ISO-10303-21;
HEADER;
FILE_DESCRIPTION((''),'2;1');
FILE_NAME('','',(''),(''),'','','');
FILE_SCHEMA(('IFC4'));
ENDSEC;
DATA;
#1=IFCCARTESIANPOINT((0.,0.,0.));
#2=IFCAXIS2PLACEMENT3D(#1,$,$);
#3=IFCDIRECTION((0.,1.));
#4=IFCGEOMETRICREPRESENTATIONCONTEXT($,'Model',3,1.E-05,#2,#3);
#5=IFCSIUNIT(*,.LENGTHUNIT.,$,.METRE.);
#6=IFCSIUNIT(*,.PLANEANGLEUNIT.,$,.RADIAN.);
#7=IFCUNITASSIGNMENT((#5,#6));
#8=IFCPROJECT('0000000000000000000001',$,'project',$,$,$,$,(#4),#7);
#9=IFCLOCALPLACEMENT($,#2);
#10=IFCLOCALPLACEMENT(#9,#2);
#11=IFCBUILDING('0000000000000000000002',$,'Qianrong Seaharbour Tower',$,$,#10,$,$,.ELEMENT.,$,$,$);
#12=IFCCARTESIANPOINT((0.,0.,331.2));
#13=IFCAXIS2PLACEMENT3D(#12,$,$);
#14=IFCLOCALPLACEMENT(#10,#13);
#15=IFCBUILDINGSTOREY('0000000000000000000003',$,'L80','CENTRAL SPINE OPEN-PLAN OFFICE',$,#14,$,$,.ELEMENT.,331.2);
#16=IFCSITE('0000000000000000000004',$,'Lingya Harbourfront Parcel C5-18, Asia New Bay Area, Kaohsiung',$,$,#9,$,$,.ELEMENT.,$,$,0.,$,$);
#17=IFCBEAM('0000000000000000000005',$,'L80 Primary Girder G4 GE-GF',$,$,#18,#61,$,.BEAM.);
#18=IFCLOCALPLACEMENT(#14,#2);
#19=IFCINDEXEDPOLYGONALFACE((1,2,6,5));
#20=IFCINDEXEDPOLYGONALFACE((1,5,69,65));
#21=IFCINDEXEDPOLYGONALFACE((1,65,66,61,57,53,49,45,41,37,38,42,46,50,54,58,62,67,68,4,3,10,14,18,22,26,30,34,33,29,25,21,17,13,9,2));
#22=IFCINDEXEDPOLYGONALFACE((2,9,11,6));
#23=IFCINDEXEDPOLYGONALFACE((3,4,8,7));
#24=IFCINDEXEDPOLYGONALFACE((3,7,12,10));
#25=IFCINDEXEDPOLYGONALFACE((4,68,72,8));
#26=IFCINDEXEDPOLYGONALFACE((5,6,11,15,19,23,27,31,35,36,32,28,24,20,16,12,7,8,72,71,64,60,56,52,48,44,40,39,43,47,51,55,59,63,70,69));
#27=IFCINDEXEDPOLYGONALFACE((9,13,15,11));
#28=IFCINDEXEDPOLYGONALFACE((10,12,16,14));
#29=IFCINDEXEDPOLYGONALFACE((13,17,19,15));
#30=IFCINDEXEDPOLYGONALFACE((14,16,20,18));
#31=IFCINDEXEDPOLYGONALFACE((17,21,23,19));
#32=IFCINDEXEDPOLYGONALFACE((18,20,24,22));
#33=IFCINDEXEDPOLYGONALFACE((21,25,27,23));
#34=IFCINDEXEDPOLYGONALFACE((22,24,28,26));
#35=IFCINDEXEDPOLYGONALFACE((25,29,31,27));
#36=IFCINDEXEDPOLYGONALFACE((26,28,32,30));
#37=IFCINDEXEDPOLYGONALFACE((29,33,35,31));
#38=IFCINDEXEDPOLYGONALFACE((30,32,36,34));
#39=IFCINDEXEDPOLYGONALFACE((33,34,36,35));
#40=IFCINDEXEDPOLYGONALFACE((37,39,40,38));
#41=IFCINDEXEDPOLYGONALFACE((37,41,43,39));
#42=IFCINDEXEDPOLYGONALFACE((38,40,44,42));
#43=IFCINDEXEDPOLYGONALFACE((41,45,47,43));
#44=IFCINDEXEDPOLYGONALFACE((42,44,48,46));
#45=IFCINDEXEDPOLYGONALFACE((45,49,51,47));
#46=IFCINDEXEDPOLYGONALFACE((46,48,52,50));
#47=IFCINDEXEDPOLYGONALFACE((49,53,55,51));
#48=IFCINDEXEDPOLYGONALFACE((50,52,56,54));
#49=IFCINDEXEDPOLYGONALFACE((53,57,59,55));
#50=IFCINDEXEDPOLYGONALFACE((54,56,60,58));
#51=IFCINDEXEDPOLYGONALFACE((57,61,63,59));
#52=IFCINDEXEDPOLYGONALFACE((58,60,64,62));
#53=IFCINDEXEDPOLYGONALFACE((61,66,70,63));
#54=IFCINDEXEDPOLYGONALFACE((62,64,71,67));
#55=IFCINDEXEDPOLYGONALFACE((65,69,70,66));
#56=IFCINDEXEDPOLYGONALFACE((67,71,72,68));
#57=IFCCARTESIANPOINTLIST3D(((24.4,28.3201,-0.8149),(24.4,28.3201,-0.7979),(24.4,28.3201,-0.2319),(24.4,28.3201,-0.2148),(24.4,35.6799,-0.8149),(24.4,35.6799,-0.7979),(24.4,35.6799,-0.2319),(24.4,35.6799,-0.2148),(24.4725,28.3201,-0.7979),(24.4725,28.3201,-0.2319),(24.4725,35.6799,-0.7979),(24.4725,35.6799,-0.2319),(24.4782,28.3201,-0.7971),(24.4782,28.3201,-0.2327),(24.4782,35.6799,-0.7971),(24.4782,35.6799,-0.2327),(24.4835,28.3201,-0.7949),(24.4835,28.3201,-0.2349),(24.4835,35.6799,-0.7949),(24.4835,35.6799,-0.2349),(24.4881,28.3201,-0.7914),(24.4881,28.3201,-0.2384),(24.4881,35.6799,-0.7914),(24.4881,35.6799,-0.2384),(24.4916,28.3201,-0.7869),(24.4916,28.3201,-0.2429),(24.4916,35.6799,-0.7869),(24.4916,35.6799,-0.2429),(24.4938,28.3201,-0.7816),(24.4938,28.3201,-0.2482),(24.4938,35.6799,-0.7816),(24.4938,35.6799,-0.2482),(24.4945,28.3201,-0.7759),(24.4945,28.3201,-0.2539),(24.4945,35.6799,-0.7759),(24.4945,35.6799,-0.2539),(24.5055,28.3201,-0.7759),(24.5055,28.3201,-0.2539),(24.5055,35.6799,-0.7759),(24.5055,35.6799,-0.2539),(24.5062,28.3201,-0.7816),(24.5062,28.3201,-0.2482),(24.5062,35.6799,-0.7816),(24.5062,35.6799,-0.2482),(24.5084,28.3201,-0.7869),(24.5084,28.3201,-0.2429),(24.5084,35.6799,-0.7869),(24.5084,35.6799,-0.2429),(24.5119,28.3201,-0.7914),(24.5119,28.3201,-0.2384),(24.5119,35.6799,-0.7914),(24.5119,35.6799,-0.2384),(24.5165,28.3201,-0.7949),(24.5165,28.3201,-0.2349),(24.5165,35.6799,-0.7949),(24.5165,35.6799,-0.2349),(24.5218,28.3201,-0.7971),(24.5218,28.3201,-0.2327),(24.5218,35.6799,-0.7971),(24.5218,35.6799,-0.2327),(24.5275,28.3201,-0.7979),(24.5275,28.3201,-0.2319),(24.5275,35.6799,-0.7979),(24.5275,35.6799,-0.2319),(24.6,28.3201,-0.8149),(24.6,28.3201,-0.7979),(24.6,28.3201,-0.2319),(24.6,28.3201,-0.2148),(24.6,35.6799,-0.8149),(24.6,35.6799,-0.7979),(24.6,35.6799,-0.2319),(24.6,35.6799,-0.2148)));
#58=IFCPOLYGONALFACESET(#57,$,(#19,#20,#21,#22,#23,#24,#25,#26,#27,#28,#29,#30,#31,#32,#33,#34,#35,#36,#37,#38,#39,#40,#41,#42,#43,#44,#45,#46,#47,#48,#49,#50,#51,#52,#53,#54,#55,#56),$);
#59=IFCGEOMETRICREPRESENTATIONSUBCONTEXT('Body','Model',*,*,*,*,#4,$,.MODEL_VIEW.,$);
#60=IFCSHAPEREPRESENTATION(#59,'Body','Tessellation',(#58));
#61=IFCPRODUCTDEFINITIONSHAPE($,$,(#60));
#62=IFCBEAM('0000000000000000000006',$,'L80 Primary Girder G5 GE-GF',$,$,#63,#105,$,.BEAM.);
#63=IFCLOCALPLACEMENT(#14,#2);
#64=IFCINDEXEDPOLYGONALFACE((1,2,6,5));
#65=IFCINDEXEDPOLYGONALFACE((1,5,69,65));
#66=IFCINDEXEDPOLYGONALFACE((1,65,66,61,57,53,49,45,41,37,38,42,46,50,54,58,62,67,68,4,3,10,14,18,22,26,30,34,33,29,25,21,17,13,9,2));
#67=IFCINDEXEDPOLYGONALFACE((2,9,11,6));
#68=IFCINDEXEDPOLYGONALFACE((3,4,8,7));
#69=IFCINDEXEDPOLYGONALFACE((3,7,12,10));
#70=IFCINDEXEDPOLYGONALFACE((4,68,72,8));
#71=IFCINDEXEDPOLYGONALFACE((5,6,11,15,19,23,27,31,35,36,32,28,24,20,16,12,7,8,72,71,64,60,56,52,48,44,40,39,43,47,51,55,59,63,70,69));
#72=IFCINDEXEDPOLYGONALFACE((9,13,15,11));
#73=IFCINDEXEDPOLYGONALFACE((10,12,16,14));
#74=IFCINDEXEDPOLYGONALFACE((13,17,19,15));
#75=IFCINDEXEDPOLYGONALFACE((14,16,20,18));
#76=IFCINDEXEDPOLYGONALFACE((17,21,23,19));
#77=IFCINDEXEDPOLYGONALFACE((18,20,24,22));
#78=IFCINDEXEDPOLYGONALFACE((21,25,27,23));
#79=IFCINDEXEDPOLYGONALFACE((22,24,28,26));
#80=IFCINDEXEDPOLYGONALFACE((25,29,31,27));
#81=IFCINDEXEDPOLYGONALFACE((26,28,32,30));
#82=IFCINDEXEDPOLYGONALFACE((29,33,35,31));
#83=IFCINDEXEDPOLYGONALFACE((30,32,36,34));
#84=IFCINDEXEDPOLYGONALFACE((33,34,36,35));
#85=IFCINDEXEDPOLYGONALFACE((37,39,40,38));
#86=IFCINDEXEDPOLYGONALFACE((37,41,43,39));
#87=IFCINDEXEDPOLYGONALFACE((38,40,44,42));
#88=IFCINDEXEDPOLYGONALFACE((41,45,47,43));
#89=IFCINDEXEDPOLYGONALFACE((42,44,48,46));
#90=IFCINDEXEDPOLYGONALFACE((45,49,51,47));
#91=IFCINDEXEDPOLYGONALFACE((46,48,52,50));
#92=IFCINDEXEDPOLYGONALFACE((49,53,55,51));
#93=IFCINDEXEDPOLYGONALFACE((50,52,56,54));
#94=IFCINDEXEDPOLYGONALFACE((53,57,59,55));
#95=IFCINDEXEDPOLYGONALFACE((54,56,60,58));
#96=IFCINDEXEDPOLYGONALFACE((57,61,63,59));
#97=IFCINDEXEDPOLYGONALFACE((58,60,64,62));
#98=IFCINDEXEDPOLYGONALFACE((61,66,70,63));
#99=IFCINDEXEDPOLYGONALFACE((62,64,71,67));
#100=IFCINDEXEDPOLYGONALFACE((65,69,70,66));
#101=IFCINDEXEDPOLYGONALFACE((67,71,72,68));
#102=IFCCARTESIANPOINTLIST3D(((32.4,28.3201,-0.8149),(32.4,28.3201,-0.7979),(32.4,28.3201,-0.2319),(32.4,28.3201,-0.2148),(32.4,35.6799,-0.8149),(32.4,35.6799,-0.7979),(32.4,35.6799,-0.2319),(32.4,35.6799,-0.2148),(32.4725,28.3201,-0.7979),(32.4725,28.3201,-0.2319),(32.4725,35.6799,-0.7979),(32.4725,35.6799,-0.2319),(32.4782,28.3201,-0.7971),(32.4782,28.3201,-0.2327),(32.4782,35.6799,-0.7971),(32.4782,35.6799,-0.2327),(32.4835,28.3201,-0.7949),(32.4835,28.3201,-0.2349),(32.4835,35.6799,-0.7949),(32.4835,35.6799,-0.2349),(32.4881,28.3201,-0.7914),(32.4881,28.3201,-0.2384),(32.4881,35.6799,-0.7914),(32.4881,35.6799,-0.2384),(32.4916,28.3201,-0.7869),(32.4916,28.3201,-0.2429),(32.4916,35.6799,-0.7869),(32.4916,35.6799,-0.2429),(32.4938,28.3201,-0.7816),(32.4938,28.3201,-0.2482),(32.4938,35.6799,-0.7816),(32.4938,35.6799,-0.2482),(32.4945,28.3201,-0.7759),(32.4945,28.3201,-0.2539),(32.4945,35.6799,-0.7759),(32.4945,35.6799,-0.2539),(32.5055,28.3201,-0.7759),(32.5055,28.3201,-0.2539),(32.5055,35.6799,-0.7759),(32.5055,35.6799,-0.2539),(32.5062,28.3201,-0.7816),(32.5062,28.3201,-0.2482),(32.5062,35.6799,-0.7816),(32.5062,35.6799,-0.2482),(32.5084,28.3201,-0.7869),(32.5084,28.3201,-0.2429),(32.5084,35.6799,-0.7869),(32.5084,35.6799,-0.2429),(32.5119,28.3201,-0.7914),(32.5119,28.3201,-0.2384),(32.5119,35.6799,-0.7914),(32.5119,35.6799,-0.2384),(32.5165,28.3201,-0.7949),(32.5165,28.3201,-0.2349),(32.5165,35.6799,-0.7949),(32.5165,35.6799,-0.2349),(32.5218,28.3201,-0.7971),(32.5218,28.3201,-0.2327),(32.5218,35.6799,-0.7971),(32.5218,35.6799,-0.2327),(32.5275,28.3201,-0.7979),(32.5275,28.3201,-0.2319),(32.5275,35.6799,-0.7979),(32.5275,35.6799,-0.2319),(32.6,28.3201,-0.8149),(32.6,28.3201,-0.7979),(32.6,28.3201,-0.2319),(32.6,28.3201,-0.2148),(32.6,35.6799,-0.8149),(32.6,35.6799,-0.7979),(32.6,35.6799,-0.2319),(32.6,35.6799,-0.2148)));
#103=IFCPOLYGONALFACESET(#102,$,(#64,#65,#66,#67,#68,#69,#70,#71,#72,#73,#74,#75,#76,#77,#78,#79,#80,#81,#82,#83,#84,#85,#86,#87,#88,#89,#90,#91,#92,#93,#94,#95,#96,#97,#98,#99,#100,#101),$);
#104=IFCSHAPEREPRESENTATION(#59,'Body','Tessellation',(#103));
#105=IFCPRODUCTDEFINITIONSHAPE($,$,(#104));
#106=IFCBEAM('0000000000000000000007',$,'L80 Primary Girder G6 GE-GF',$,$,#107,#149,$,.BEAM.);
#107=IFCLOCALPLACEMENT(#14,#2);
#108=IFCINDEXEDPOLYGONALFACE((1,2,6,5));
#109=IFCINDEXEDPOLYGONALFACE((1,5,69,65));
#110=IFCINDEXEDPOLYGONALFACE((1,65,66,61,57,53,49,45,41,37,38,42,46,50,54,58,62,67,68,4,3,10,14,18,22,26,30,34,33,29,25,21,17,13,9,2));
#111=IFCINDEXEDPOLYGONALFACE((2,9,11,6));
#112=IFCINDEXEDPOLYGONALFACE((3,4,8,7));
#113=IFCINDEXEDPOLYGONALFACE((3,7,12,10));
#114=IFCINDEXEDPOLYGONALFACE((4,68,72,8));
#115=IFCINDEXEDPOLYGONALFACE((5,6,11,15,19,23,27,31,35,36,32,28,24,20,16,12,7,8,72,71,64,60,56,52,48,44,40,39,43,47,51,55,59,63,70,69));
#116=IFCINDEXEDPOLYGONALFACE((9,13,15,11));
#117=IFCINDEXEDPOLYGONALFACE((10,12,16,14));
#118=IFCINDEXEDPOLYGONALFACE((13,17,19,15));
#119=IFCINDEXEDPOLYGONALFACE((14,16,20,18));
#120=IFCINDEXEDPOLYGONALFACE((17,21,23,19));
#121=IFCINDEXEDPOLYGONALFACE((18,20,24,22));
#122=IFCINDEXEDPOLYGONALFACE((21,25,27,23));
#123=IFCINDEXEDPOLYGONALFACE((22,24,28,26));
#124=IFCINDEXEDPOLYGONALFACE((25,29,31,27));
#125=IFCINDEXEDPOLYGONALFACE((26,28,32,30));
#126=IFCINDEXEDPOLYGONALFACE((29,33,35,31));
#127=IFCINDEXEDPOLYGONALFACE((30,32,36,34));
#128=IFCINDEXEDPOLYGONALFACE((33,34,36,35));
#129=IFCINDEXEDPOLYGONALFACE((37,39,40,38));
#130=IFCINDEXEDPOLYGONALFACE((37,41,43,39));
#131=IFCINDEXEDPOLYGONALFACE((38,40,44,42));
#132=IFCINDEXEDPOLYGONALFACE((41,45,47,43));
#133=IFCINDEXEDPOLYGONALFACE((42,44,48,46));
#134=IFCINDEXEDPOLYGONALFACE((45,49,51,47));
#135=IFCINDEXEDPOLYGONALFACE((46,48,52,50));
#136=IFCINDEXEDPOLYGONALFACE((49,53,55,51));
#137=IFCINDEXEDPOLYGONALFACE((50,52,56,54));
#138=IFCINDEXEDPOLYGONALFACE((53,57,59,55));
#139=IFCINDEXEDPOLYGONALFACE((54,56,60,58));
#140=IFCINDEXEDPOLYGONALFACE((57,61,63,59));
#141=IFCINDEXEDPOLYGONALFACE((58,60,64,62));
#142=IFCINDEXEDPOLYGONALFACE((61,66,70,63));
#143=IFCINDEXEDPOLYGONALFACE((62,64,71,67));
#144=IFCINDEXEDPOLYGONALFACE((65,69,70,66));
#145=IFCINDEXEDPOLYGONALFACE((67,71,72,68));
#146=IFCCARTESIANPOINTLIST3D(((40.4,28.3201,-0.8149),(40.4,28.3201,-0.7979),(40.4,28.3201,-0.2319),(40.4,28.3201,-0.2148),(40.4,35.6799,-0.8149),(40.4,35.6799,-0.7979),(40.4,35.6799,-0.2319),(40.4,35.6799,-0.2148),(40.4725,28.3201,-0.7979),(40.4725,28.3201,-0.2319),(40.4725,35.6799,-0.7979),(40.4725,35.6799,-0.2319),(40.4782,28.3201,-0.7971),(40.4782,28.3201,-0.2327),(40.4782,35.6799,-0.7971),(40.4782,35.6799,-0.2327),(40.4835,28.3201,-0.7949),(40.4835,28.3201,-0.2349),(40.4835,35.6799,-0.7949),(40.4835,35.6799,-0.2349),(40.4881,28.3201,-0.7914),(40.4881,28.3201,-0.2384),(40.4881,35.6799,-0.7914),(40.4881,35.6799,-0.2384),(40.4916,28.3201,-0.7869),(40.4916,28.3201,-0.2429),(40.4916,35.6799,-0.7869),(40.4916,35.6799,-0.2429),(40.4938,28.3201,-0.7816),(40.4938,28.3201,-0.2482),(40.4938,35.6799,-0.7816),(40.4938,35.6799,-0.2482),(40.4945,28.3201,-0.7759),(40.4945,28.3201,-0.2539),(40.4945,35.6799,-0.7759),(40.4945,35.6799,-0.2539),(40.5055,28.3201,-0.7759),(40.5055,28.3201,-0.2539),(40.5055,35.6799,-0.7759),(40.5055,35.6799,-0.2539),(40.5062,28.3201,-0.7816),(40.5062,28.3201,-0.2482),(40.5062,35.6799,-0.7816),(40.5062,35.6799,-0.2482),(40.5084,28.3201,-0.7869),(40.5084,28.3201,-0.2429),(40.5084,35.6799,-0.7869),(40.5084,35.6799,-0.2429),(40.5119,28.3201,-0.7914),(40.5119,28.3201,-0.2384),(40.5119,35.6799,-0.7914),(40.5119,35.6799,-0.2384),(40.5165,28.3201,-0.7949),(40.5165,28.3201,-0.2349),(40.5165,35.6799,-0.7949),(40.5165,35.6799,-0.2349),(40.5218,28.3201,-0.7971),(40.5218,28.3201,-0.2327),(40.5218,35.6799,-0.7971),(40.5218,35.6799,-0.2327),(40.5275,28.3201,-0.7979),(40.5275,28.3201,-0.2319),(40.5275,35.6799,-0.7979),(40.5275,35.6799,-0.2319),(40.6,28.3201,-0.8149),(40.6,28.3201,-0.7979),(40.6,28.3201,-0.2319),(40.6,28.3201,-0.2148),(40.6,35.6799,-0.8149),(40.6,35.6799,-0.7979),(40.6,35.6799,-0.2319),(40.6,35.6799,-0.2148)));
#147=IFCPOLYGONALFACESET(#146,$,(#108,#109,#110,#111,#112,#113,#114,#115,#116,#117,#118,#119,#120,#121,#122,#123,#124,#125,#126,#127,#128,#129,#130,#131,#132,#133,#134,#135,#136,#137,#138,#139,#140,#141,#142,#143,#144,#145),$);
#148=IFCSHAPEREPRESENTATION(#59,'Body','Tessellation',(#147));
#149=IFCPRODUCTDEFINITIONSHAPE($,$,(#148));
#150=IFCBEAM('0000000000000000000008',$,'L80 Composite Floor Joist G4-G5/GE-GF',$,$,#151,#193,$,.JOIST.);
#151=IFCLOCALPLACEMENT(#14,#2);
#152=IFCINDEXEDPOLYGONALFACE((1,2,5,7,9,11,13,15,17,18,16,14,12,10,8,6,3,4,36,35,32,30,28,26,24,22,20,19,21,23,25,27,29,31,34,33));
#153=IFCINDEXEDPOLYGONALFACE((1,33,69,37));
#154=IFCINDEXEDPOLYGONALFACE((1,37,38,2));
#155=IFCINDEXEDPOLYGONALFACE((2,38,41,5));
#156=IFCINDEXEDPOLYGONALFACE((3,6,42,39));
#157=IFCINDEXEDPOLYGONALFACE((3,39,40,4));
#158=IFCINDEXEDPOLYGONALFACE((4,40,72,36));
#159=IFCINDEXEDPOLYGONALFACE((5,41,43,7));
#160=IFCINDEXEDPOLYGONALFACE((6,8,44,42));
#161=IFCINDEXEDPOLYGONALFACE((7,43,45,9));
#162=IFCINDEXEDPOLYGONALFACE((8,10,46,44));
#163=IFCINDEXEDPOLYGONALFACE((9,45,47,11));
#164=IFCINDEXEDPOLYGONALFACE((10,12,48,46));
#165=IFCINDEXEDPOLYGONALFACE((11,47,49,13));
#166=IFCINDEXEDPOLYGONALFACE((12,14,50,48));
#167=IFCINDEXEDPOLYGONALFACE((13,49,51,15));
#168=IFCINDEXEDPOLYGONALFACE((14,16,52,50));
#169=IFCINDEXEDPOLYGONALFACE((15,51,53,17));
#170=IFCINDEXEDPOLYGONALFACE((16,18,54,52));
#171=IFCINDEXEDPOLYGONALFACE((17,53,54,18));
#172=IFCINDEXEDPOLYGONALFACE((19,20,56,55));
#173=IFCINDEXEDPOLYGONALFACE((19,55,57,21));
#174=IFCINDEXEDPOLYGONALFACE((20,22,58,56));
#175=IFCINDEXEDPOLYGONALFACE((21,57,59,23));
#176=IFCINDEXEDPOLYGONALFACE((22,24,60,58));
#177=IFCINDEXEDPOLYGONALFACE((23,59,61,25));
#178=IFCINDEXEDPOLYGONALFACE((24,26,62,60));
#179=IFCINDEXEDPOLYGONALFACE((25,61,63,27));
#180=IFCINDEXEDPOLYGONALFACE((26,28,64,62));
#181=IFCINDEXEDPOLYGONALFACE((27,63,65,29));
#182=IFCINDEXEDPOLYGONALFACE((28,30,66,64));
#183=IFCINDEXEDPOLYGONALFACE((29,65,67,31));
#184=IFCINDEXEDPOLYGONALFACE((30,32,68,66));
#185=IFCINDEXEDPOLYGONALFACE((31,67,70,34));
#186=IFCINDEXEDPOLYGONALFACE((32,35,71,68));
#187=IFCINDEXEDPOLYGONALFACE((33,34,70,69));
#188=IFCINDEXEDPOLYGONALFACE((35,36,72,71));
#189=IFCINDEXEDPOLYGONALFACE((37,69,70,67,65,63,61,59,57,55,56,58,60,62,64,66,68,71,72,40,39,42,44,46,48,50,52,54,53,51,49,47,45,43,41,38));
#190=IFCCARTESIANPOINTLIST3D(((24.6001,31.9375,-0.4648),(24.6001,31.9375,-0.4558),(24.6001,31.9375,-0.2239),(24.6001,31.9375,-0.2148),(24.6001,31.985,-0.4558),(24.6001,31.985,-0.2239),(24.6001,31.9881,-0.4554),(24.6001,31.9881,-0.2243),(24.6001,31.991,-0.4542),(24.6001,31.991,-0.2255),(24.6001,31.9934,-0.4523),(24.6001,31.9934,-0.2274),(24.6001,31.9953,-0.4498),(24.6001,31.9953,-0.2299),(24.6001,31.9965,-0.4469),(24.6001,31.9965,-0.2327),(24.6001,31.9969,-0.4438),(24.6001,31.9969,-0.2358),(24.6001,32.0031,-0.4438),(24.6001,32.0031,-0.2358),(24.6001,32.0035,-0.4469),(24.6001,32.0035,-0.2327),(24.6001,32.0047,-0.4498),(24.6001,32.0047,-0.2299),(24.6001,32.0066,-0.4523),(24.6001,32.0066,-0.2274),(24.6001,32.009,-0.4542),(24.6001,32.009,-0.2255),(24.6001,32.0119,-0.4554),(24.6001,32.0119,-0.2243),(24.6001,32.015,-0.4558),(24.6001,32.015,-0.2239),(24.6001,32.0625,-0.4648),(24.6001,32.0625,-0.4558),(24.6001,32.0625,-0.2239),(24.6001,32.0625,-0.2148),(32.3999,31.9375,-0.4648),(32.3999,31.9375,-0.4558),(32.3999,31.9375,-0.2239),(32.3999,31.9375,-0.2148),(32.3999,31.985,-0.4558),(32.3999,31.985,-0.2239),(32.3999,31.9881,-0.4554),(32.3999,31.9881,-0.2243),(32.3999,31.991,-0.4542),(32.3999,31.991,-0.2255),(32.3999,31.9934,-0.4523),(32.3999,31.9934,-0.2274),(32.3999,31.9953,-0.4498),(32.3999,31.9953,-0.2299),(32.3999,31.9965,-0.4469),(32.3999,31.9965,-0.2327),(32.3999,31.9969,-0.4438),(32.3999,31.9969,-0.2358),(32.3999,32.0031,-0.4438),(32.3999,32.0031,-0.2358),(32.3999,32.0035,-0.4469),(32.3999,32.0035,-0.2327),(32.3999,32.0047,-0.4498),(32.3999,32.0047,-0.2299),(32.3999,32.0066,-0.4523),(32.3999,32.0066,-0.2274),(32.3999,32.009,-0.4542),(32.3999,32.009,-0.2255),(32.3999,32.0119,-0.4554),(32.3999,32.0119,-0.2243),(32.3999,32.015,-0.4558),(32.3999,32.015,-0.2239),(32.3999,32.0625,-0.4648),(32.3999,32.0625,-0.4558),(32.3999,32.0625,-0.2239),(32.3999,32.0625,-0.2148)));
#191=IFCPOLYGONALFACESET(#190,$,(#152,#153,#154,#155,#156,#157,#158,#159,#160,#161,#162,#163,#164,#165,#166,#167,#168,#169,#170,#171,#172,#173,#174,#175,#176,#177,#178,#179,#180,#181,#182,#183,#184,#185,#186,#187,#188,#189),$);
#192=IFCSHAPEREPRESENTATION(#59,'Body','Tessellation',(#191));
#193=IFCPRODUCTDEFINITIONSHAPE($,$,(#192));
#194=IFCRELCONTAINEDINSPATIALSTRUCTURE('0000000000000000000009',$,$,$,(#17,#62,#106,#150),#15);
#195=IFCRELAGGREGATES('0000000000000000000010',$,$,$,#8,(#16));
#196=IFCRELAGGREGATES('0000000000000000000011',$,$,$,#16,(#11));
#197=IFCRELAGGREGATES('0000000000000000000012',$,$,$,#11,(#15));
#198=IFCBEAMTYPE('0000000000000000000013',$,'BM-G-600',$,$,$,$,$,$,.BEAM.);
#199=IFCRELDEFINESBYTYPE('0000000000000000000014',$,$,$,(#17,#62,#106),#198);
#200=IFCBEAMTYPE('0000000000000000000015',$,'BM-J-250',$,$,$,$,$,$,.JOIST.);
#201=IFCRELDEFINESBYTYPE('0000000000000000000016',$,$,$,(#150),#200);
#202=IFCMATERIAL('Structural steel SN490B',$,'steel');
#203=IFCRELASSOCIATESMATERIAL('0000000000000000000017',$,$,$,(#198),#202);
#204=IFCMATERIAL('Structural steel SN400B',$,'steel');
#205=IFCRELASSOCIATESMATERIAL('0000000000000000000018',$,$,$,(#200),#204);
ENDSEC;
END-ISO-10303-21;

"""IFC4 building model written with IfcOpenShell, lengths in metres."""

from ifc_helpers import new_model, si_unit, direction, frame, origin, origin_2d, place, context, subcontext, project, spatial, i_section, extrude, material, material_profile, profile_set, type_object, element, save


model = new_model("IFC4")

# Units and contexts
model_context = context("Model", 3, precision=1e-05, world=origin(), true_north=direction((0.0, 1.0)))
body_context = subcontext(model_context, "Body", "Model", "MODEL_VIEW")
ifc_project = project(units=[si_unit("LENGTHUNIT", "METRE"), si_unit("PLANEANGLEUNIT", "RADIAN")], contexts=[model_context])

# Site, building, storey
site_placement = place(None, origin())
site = spatial("IfcSite", under=ifc_project, at=site_placement, Name="Lingya Harbourfront Parcel C5-18, Asia New Bay Area, Kaohsiung", CompositionType="ELEMENT", RefElevation=0.0)
building_placement = place(site_placement, origin())
building = spatial("IfcBuilding", under=site, at=building_placement, Name="Qianrong Seaharbour Tower", CompositionType="ELEMENT")
storey_placement = place(building_placement, frame((0.0, 0.0, 331.2)))
storey = spatial("IfcBuildingStorey", under=building, at=storey_placement, Name="L80", Description="CENTRAL SPINE OPEN-PLAN OFFICE", CompositionType="ELEMENT", Elevation=331.2)

# Shared definitions
ifc_material_1 = material(Name="Structural steel SN490B", Category="steel")
ifc_material_2 = material(Name="Structural steel SN400B", Category="steel")

# Beams
ifc_material_profile_1 = material_profile(ifc_material_1, i_section(OverallWidth=0.2, OverallDepth=0.6001, WebThickness=0.011, FlangeThickness=0.0171, FilletRadius=0.022, at=origin_2d()), Name="H600x200x11x17")
ifc_profile_set_1 = profile_set([ifc_material_profile_1], Name="Structural steel SN490B")
beam_type_1 = type_object("IfcBeamType", Name="BM-G-600", PredefinedType="BEAM", material=ifc_profile_set_1)
for number, where, z_axis, x_axis, name in (
    (1, (24.5, 28.3201, -0.5149), (0.0, 1.0, 0.0), (-1.0, 0.0, 0.0), "L80 Primary Girder G4 GE-GF"),
    (2, (32.5, 28.3201, -0.5149), (0.0, 1.0, 0.0), (-1.0, 0.0, 0.0), "L80 Primary Girder G5 GE-GF"),
    (3, (40.5, 28.3201, -0.5149), (0.0, 1.0, 0.0), (-1.0, 0.0, 0.0), "L80 Primary Girder G6 GE-GF"),
):
    element("IfcBeam", number, at=place(storey_placement, frame(where, z_axis=z_axis, x_axis=x_axis)), inside=storey, type_object=beam_type_1, Name=name, PredefinedType="BEAM", context=body_context, shape_type="SweptSolid", body=[
        extrude(i_section(OverallWidth=0.2, OverallDepth=0.6001, WebThickness=0.011, FlangeThickness=0.0171, FilletRadius=0.022, at=origin_2d()), origin(), (0.0, 0.0, 1.0), 7.3599),
    ])
ifc_material_profile_2 = material_profile(ifc_material_2, i_section(OverallWidth=0.125, OverallDepth=0.25, WebThickness=0.0061, FlangeThickness=0.009, FilletRadius=0.012, at=origin_2d()), Name="H250x125x6x9")
ifc_profile_set_2 = profile_set([ifc_material_profile_2], Name="Structural steel SN400B")
beam_type_2 = type_object("IfcBeamType", Name="BM-J-250", PredefinedType="JOIST", material=ifc_profile_set_2)
for number, where, z_axis, x_axis, name in (
    (4, (24.6001, 32.0, -0.3398), (1.0, 0.0, 0.0), (0.0, 1.0, 0.0), "L80 Composite Floor Joist G4-G5/GE-GF"),
):
    element("IfcBeam", number, at=place(storey_placement, frame(where, z_axis=z_axis, x_axis=x_axis)), inside=storey, type_object=beam_type_2, Name=name, PredefinedType="JOIST", context=body_context, shape_type="SweptSolid", body=[
        extrude(i_section(OverallWidth=0.125, OverallDepth=0.25, WebThickness=0.0061, FlangeThickness=0.009, FilletRadius=0.012, at=origin_2d()), origin(), (0.0, 0.0, 1.0), 7.7998),
    ])

save(model, "model.ifc")
